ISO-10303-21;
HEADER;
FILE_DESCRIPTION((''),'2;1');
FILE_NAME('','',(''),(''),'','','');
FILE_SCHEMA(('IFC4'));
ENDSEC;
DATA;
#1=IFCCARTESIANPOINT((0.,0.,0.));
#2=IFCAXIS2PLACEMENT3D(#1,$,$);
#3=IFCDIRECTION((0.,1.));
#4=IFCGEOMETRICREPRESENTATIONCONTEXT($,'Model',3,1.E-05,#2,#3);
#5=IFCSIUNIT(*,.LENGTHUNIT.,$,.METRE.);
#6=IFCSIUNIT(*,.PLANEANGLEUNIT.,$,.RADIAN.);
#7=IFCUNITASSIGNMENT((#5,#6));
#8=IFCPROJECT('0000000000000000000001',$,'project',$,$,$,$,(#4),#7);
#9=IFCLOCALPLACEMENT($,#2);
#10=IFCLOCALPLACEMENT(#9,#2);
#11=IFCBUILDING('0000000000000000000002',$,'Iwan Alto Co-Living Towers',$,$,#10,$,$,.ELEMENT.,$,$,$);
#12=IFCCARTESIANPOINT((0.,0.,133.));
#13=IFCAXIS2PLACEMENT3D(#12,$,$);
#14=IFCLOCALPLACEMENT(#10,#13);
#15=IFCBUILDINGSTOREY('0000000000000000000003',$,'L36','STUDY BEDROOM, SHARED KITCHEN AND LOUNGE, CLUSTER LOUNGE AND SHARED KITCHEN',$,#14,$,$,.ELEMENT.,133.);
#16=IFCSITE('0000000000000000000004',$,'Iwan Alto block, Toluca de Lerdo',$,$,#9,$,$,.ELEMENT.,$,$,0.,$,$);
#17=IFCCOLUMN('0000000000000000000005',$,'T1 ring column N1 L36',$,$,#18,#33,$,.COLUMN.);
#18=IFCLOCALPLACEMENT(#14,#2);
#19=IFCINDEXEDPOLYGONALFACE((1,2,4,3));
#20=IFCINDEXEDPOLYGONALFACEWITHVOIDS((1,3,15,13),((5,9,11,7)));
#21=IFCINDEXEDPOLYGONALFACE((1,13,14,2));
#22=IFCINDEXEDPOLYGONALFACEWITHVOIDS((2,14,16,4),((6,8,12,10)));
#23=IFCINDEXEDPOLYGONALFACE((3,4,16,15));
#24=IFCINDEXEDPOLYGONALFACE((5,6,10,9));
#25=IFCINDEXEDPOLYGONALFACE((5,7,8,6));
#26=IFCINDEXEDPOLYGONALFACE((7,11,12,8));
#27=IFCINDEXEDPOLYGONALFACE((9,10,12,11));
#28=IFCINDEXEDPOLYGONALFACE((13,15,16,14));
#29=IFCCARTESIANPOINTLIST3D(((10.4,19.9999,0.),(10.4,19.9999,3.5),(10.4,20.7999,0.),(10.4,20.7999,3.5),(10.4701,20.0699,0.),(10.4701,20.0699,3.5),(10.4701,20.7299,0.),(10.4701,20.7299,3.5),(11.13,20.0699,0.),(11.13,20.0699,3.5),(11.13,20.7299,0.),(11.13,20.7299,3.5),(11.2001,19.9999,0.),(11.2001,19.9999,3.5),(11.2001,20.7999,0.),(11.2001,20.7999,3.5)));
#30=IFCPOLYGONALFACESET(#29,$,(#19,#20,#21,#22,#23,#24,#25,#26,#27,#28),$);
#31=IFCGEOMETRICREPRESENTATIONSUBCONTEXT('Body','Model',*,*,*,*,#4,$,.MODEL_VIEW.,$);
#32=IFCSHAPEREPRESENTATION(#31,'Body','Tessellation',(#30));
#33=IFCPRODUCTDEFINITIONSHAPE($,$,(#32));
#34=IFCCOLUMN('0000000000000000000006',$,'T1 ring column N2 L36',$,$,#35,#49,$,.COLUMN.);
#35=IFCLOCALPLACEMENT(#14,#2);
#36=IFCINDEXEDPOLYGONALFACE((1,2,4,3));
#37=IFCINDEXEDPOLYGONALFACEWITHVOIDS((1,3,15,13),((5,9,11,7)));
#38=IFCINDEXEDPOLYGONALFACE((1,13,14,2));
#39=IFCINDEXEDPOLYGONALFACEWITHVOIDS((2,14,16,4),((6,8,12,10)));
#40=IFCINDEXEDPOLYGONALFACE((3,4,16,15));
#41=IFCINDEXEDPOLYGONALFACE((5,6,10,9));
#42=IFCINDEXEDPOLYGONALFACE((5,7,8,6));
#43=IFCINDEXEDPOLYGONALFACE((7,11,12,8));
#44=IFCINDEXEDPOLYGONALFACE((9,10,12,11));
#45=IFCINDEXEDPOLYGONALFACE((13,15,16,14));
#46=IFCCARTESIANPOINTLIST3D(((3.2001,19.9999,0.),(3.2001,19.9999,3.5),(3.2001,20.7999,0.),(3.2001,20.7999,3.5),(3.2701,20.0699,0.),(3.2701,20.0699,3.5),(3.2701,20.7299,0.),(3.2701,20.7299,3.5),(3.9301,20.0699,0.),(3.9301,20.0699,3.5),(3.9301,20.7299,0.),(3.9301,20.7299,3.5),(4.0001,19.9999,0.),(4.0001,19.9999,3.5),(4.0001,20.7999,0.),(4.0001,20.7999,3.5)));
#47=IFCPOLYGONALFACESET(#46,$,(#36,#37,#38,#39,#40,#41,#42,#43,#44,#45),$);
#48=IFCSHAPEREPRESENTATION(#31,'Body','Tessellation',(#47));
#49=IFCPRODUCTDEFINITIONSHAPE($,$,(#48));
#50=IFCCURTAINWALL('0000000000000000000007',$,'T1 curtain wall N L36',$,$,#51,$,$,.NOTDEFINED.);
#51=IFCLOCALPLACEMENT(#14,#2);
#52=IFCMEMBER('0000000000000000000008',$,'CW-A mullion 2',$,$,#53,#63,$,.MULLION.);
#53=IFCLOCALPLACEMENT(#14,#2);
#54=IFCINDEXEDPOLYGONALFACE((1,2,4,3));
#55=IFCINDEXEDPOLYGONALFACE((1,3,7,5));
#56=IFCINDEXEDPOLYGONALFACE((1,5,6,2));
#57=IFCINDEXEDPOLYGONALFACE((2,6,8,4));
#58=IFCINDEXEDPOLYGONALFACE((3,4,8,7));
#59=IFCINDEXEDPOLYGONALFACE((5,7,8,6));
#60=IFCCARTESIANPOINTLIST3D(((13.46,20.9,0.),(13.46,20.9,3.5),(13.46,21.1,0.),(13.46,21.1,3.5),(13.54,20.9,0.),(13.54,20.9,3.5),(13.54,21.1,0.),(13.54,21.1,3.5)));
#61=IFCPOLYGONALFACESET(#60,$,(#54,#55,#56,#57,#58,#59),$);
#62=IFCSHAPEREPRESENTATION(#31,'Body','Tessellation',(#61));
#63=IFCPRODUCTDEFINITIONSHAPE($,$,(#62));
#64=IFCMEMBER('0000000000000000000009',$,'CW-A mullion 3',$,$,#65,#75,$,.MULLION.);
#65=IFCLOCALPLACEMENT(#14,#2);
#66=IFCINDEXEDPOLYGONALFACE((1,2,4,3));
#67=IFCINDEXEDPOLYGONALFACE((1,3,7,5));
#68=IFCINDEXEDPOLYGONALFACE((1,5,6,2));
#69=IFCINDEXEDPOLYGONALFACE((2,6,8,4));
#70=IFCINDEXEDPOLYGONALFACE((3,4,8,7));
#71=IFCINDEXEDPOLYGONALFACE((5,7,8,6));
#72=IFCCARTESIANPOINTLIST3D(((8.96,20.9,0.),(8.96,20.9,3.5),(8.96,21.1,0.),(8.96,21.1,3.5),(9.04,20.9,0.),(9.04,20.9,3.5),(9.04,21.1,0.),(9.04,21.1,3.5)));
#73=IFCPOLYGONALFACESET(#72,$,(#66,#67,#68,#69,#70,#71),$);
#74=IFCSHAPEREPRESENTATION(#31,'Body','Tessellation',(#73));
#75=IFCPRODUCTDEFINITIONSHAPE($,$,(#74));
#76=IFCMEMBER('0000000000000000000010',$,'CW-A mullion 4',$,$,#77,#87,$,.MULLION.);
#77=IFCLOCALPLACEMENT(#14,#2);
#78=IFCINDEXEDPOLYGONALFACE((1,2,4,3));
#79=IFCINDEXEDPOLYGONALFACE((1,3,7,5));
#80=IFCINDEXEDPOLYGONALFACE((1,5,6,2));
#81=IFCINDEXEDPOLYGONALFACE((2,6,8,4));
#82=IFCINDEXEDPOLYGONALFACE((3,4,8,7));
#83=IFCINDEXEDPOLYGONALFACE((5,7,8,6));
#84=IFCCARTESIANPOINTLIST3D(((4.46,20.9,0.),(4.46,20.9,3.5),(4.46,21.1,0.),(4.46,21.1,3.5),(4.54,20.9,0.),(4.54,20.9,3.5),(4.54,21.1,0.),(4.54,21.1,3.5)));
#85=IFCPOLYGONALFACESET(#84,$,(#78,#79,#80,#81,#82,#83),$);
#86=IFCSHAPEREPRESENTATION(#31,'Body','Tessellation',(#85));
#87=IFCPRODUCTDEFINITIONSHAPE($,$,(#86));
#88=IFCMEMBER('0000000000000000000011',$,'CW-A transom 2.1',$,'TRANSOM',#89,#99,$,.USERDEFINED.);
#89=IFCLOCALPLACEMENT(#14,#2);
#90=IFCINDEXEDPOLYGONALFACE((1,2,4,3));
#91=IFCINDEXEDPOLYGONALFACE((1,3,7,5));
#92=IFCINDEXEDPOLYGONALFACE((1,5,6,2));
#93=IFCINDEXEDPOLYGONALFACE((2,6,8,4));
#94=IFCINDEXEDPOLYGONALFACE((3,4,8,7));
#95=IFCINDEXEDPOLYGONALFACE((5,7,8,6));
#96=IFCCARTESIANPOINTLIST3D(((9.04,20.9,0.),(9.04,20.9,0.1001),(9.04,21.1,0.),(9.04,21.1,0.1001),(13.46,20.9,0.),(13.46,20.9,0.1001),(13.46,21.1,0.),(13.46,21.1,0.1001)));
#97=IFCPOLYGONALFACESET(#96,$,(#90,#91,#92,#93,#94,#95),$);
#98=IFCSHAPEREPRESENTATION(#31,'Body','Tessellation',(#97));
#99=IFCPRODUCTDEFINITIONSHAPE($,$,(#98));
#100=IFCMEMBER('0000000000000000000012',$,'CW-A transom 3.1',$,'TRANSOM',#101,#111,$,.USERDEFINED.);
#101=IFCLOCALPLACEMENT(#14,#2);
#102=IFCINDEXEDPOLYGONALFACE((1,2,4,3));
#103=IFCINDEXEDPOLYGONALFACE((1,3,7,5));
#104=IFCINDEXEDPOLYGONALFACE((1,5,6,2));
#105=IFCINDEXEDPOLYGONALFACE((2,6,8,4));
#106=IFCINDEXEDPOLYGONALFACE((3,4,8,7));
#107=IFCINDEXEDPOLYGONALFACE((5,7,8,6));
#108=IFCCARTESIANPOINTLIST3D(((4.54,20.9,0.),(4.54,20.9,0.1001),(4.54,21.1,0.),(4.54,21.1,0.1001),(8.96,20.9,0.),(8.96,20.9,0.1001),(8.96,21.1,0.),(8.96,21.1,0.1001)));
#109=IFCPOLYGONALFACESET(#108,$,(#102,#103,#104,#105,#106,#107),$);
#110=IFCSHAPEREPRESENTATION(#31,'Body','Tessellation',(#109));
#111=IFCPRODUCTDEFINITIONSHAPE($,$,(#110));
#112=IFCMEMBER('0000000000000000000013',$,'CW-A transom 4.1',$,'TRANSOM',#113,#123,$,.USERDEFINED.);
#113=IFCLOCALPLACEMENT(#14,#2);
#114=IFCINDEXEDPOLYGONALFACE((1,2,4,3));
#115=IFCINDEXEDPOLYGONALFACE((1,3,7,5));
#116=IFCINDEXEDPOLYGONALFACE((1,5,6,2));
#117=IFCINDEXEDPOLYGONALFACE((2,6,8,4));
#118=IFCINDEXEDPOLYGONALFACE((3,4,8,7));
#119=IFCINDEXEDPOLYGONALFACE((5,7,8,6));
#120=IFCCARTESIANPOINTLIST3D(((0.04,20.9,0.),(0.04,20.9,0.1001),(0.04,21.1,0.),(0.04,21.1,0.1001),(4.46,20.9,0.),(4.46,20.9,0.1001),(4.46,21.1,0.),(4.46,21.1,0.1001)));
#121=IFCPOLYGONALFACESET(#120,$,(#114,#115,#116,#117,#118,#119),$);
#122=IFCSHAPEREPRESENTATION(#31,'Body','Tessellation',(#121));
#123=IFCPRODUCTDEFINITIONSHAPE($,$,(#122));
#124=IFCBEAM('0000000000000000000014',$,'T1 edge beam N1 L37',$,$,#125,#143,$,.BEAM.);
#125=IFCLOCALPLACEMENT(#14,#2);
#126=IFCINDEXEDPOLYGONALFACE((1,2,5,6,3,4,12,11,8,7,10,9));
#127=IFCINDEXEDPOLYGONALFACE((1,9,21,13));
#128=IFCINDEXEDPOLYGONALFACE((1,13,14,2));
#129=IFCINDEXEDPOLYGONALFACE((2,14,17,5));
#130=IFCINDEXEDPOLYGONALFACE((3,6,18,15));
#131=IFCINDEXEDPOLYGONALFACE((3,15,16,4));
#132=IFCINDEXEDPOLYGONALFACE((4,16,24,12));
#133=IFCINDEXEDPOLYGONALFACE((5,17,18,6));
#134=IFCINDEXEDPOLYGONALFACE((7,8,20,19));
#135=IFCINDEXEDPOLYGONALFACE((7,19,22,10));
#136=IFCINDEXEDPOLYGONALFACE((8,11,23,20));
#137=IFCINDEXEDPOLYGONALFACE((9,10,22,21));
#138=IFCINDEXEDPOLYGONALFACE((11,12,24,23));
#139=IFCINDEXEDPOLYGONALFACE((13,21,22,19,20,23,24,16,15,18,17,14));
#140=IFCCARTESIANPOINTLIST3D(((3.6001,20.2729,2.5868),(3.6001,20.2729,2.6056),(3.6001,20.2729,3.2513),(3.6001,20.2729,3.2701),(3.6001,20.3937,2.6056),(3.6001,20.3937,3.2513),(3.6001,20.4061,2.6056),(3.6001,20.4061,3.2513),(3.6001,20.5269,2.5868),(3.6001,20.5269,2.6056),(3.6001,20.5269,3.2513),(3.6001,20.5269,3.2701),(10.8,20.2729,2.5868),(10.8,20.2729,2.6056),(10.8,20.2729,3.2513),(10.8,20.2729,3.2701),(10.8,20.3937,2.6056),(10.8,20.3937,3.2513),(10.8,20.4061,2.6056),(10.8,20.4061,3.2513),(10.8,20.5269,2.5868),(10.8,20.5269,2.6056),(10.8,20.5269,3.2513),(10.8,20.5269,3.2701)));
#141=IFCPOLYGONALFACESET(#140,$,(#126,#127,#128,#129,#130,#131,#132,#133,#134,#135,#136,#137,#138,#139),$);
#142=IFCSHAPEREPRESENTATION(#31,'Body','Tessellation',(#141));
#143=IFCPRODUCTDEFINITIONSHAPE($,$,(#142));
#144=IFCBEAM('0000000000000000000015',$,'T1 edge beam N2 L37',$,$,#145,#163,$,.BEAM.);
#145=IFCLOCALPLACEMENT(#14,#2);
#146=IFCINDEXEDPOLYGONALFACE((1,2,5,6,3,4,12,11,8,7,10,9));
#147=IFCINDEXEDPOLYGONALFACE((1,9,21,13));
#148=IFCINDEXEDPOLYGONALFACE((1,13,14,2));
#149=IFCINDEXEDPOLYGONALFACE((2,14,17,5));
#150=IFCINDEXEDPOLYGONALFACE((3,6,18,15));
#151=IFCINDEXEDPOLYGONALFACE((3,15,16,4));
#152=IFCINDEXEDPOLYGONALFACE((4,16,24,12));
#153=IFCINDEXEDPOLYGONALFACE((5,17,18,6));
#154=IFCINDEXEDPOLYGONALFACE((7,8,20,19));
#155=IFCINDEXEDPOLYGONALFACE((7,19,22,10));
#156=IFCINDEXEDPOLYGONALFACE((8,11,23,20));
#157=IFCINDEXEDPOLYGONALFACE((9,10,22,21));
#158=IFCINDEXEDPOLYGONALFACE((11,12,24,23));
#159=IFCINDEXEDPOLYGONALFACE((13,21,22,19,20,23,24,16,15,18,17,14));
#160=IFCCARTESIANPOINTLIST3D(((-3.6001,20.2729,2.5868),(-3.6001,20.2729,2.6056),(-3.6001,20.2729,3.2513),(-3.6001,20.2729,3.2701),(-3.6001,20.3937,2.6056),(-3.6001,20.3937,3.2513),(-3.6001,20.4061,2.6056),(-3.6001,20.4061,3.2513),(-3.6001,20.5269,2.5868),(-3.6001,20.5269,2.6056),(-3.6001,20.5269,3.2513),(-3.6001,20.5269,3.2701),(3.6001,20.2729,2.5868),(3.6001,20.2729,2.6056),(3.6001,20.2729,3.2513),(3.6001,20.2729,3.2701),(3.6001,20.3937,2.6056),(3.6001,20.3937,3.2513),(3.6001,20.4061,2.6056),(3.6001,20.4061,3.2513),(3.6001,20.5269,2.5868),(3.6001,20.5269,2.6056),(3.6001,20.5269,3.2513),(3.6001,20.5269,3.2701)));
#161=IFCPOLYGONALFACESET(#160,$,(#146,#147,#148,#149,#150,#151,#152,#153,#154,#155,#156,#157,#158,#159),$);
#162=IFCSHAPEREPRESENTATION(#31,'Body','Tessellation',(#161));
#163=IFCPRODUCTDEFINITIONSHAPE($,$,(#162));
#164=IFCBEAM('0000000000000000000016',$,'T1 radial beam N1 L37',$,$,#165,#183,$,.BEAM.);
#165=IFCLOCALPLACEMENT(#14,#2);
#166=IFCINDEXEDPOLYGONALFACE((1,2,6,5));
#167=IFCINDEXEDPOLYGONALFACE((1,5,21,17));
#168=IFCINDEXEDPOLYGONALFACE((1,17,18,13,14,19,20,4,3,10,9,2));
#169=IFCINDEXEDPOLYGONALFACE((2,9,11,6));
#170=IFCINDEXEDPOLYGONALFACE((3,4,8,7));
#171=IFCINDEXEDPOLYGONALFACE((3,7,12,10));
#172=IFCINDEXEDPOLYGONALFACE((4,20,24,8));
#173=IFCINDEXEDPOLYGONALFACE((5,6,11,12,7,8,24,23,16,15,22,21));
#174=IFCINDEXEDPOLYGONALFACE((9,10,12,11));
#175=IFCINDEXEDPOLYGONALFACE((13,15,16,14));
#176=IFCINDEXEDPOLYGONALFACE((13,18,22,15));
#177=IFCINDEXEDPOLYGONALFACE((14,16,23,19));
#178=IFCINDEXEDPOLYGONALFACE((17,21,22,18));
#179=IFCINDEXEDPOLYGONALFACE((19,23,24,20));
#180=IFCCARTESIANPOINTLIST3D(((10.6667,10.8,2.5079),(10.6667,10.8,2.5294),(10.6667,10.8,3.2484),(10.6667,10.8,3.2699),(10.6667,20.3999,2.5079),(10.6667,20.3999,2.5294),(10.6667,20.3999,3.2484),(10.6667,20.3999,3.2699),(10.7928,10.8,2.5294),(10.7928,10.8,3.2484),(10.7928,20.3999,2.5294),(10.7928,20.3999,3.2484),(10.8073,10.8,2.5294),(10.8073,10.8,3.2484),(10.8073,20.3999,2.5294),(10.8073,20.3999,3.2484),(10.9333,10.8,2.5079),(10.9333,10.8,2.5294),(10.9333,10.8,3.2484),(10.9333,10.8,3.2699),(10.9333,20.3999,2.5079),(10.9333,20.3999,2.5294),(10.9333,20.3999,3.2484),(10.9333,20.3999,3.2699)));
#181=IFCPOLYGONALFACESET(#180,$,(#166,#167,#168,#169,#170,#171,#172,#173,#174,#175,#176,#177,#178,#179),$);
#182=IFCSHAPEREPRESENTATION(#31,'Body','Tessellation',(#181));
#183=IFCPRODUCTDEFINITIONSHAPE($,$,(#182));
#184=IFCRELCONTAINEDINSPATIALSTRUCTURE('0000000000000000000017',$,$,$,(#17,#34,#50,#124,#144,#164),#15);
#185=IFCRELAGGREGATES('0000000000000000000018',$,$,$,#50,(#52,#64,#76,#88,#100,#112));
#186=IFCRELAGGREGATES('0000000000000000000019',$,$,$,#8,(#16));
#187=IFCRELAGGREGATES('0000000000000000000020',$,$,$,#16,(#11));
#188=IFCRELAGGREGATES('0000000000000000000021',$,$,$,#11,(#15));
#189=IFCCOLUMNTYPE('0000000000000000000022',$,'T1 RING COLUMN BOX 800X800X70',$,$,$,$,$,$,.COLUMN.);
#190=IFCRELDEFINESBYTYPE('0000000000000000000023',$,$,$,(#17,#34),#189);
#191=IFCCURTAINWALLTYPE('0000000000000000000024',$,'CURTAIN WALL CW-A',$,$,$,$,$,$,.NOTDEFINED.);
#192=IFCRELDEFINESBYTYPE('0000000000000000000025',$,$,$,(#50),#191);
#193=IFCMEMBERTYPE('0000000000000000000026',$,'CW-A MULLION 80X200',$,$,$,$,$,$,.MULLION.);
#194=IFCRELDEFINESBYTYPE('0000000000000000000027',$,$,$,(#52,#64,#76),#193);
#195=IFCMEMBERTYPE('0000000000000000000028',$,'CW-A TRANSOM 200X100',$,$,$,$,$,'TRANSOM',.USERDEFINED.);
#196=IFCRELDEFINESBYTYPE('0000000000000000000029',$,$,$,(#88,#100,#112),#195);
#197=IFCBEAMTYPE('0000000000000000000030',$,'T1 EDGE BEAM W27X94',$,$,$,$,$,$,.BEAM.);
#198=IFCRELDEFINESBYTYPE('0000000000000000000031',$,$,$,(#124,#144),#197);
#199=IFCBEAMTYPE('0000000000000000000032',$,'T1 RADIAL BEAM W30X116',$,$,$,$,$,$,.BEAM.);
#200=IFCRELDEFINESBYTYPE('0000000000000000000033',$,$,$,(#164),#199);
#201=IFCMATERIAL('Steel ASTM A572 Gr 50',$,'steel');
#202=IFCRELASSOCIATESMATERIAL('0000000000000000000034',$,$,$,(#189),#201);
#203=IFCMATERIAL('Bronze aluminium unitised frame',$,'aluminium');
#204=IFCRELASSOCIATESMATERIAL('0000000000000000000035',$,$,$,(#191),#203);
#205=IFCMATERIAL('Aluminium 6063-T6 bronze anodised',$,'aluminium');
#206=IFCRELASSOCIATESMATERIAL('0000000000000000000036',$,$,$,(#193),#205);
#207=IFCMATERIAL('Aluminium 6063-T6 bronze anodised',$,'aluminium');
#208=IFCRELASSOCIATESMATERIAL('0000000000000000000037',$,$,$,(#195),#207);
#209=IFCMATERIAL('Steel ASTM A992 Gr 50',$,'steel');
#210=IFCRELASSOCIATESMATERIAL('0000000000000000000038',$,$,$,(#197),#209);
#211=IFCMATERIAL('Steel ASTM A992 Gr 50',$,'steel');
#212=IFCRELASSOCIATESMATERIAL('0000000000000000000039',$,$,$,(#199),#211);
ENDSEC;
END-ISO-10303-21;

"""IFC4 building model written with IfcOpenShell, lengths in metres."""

from ifc_helpers import new_model, si_unit, direction, frame, origin, origin_2d, place, context, subcontext, project, spatial, rectangle, hollow_rectangle, i_section, extrude, material, material_profile, profile_set, type_object, element, aggregate, save


model = new_model("IFC4")

# Units and contexts
model_context = context("Model", 3, precision=1e-05, world=origin(), true_north=direction((0.0, 1.0)))
body_context = subcontext(model_context, "Body", "Model", "MODEL_VIEW")
ifc_project = project(units=[si_unit("LENGTHUNIT", "METRE"), si_unit("PLANEANGLEUNIT", "RADIAN")], contexts=[model_context])

# Site, building, storey
site_placement = place(None, origin())
site = spatial("IfcSite", under=ifc_project, at=site_placement, Name="Iwan Alto block, Toluca de Lerdo", CompositionType="ELEMENT", RefElevation=0.0)
building_placement = place(site_placement, origin())
building = spatial("IfcBuilding", under=site, at=building_placement, Name="Iwan Alto Co-Living Towers", CompositionType="ELEMENT")
storey_placement = place(building_placement, frame((0.0, 0.0, 133.0)))
storey = spatial("IfcBuildingStorey", under=building, at=storey_placement, Name="L36", Description="STUDY BEDROOM, SHARED KITCHEN AND LOUNGE, CLUSTER LOUNGE AND SHARED KITCHEN", CompositionType="ELEMENT", Elevation=133.0)

# Columns
ifc_material_1 = material(Name="Steel ASTM A572 Gr 50", Category="steel")
ifc_material_profile_1 = material_profile(ifc_material_1, hollow_rectangle(XDim=0.8, YDim=0.8, WallThickness=0.0701, at=origin_2d()), Name="BOX 800X800X70")
ifc_profile_set_1 = profile_set([ifc_material_profile_1], Name="Steel ASTM A572 Gr 50")
column_type = type_object("IfcColumnType", Name="T1 RING COLUMN BOX 800X800X70", PredefinedType="COLUMN", material=ifc_profile_set_1)
for number, where, z_axis, x_axis, name in (
    (1, (10.8, 20.3999, 0.0), (0.0, 0.0, 1.0), (1.0, 0.0, 0.0), "T1 ring column N1 L36"),
    (2, (3.6001, 20.3999, 0.0), (0.0, 0.0, 1.0), (1.0, 0.0, 0.0), "T1 ring column N2 L36"),
):
    element("IfcColumn", number, at=place(storey_placement, frame(where, z_axis=z_axis, x_axis=x_axis)), inside=storey, type_object=column_type, Name=name, PredefinedType="COLUMN", context=body_context, shape_type="SweptSolid", body=[
        extrude(hollow_rectangle(XDim=0.8, YDim=0.8, WallThickness=0.0701, at=origin_2d()), origin(), (0.0, 0.0, 1.0), 3.5),
    ])

# Curtain wall, members
ifc_material_2 = material(Name="Bronze aluminium unitised frame", Category="aluminium")
curtain_wall_type = type_object("IfcCurtainWallType", Name="CURTAIN WALL CW-A", PredefinedType="NOTDEFINED", material=ifc_material_2)
curtain_wall_placement = place(storey_placement, origin())
curtain_wall = element("IfcCurtainWall", 3, at=curtain_wall_placement, inside=storey, type_object=curtain_wall_type, Name="T1 curtain wall N L36", PredefinedType="NOTDEFINED")
ifc_material_3 = material(Name="Aluminium 6063-T6 bronze anodised", Category="aluminium")
ifc_material_profile_2 = material_profile(ifc_material_3, rectangle(XDim=0.2, YDim=0.0801, at=origin_2d()), Name="AL 80X200")
ifc_profile_set_2 = profile_set([ifc_material_profile_2], Name="Aluminium 6063-T6 bronze anodised")
member_type_1 = type_object("IfcMemberType", Name="CW-A MULLION 80X200", PredefinedType="MULLION", material=ifc_profile_set_2)
member_1_placement = place(storey_placement, frame((13.5, 21.0, 0.0), z_axis=(0.0, 0.0, 1.0), x_axis=(0.0, -1.0, 0.0)))
member_1 = element("IfcMember", 4, at=member_1_placement, type_object=member_type_1, Name="CW-A mullion 2", PredefinedType="MULLION", context=body_context, shape_type="SweptSolid", body=[
    extrude(rectangle(XDim=0.2, YDim=0.0801, at=origin_2d()), origin(), (0.0, 0.0, 1.0), 3.5),
])
member_2_placement = place(storey_placement, frame((9.0, 21.0, 0.0), z_axis=(0.0, 0.0, 1.0), x_axis=(0.0, -1.0, 0.0)))
member_2 = element("IfcMember", 5, at=member_2_placement, type_object=member_type_1, Name="CW-A mullion 3", PredefinedType="MULLION", context=body_context, shape_type="SweptSolid", body=[
    extrude(rectangle(XDim=0.2, YDim=0.0801, at=origin_2d()), origin(), (0.0, 0.0, 1.0), 3.5),
])
member_3_placement = place(storey_placement, frame((4.5, 21.0, 0.0), z_axis=(0.0, 0.0, 1.0), x_axis=(0.0, -1.0, 0.0)))
member_3 = element("IfcMember", 6, at=member_3_placement, type_object=member_type_1, Name="CW-A mullion 4", PredefinedType="MULLION", context=body_context, shape_type="SweptSolid", body=[
    extrude(rectangle(XDim=0.2, YDim=0.0801, at=origin_2d()), origin(), (0.0, 0.0, 1.0), 3.5),
])
ifc_material_4 = material(Name="Aluminium 6063-T6 bronze anodised", Category="aluminium")
ifc_material_profile_3 = material_profile(ifc_material_4, rectangle(XDim=0.2, YDim=0.1001, at=origin_2d()), Name="AL 200X100")
ifc_profile_set_3 = profile_set([ifc_material_profile_3], Name="Aluminium 6063-T6 bronze anodised")
member_type_2 = type_object("IfcMemberType", Name="CW-A TRANSOM 200X100", ElementType="TRANSOM", PredefinedType="USERDEFINED", material=ifc_profile_set_3)
member_4_placement = place(storey_placement, frame((13.46, 21.0, 0.05), z_axis=(-1.0, 0.0, 0.0), x_axis=(0.0, -1.0, 0.0)))
member_4 = element("IfcMember", 7, at=member_4_placement, type_object=member_type_2, Name="CW-A transom 2.1", ObjectType="TRANSOM", PredefinedType="USERDEFINED", context=body_context, shape_type="SweptSolid", body=[
    extrude(rectangle(XDim=0.2, YDim=0.1001, at=origin_2d()), origin(), (0.0, 0.0, 1.0), 4.4199),
])
member_5_placement = place(storey_placement, frame((8.96, 21.0, 0.05), z_axis=(-1.0, 0.0, 0.0), x_axis=(0.0, -1.0, 0.0)))
member_5 = element("IfcMember", 8, at=member_5_placement, type_object=member_type_2, Name="CW-A transom 3.1", ObjectType="TRANSOM", PredefinedType="USERDEFINED", context=body_context, shape_type="SweptSolid", body=[
    extrude(rectangle(XDim=0.2, YDim=0.1001, at=origin_2d()), origin(), (0.0, 0.0, 1.0), 4.4199),
])
member_6_placement = place(storey_placement, frame((4.46, 21.0, 0.05), z_axis=(-1.0, 0.0, 0.0), x_axis=(0.0, -1.0, 0.0)))
member_6 = element("IfcMember", 9, at=member_6_placement, type_object=member_type_2, Name="CW-A transom 4.1", ObjectType="TRANSOM", PredefinedType="USERDEFINED", context=body_context, shape_type="SweptSolid", body=[
    extrude(rectangle(XDim=0.2, YDim=0.1001, at=origin_2d()), origin(), (0.0, 0.0, 1.0), 4.4199),
])

# Beams
ifc_material_5 = material(Name="Steel ASTM A992 Gr 50", Category="steel")
ifc_material_profile_4 = material_profile(ifc_material_5, i_section(OverallWidth=0.2539, OverallDepth=0.6833, WebThickness=0.0125, FlangeThickness=0.0188, at=origin_2d()), Name="W27X94")
ifc_profile_set_4 = profile_set([ifc_material_profile_4], Name="Steel ASTM A992 Gr 50")
beam_type_1 = type_object("IfcBeamType", Name="T1 EDGE BEAM W27X94", PredefinedType="BEAM", material=ifc_profile_set_4)
beam_1_placement = place(storey_placement, frame((10.8, 20.3999, 2.9285), z_axis=(-1.0, 0.0, 0.0), x_axis=(0.0, -1.0, 0.0)))
element("IfcBeam", 10, at=beam_1_placement, inside=storey, type_object=beam_type_1, Name="T1 edge beam N1 L37", PredefinedType="BEAM", context=body_context, shape_type="SweptSolid", body=[
    extrude(i_section(OverallWidth=0.2539, OverallDepth=0.6833, WebThickness=0.0125, FlangeThickness=0.0188, at=origin_2d()), origin(), (0.0, 0.0, 1.0), 7.2),
])
beam_2_placement = place(storey_placement, frame((3.6001, 20.3999, 2.9285), z_axis=(-1.0, 0.0, 0.0), x_axis=(0.0, -1.0, 0.0)))
element("IfcBeam", 11, at=beam_2_placement, inside=storey, type_object=beam_type_1, Name="T1 edge beam N2 L37", PredefinedType="BEAM", context=body_context, shape_type="SweptSolid", body=[
    extrude(i_section(OverallWidth=0.2539, OverallDepth=0.6833, WebThickness=0.0125, FlangeThickness=0.0188, at=origin_2d()), origin(), (0.0, 0.0, 1.0), 7.2002),
])
ifc_material_6 = material(Name="Steel ASTM A992 Gr 50", Category="steel")
ifc_material_profile_5 = material_profile(ifc_material_6, i_section(OverallWidth=0.2666, OverallDepth=0.762, WebThickness=0.0144, FlangeThickness=0.0215, at=origin_2d()), Name="W30X116")
ifc_profile_set_5 = profile_set([ifc_material_profile_5], Name="Steel ASTM A992 Gr 50")
beam_type_2 = type_object("IfcBeamType", Name="T1 RADIAL BEAM W30X116", PredefinedType="BEAM", material=ifc_profile_set_5)
beam_3_placement = place(storey_placement, frame((10.8, 20.3999, 2.8889), z_axis=(0.0, -1.0, 0.0), x_axis=(1.0, 0.0, 0.0)))
element("IfcBeam", 12, at=beam_3_placement, inside=storey, type_object=beam_type_2, Name="T1 radial beam N1 L37", PredefinedType="BEAM", context=body_context, shape_type="SweptSolid", body=[
    extrude(i_section(OverallWidth=0.2666, OverallDepth=0.762, WebThickness=0.0144, FlangeThickness=0.0215, at=origin_2d()), origin(), (0.0, 0.0, 1.0), 9.5999),
])

aggregate(curtain_wall, [member_1, member_2, member_3, member_4, member_5, member_6])

save(model, "model.ifc")
